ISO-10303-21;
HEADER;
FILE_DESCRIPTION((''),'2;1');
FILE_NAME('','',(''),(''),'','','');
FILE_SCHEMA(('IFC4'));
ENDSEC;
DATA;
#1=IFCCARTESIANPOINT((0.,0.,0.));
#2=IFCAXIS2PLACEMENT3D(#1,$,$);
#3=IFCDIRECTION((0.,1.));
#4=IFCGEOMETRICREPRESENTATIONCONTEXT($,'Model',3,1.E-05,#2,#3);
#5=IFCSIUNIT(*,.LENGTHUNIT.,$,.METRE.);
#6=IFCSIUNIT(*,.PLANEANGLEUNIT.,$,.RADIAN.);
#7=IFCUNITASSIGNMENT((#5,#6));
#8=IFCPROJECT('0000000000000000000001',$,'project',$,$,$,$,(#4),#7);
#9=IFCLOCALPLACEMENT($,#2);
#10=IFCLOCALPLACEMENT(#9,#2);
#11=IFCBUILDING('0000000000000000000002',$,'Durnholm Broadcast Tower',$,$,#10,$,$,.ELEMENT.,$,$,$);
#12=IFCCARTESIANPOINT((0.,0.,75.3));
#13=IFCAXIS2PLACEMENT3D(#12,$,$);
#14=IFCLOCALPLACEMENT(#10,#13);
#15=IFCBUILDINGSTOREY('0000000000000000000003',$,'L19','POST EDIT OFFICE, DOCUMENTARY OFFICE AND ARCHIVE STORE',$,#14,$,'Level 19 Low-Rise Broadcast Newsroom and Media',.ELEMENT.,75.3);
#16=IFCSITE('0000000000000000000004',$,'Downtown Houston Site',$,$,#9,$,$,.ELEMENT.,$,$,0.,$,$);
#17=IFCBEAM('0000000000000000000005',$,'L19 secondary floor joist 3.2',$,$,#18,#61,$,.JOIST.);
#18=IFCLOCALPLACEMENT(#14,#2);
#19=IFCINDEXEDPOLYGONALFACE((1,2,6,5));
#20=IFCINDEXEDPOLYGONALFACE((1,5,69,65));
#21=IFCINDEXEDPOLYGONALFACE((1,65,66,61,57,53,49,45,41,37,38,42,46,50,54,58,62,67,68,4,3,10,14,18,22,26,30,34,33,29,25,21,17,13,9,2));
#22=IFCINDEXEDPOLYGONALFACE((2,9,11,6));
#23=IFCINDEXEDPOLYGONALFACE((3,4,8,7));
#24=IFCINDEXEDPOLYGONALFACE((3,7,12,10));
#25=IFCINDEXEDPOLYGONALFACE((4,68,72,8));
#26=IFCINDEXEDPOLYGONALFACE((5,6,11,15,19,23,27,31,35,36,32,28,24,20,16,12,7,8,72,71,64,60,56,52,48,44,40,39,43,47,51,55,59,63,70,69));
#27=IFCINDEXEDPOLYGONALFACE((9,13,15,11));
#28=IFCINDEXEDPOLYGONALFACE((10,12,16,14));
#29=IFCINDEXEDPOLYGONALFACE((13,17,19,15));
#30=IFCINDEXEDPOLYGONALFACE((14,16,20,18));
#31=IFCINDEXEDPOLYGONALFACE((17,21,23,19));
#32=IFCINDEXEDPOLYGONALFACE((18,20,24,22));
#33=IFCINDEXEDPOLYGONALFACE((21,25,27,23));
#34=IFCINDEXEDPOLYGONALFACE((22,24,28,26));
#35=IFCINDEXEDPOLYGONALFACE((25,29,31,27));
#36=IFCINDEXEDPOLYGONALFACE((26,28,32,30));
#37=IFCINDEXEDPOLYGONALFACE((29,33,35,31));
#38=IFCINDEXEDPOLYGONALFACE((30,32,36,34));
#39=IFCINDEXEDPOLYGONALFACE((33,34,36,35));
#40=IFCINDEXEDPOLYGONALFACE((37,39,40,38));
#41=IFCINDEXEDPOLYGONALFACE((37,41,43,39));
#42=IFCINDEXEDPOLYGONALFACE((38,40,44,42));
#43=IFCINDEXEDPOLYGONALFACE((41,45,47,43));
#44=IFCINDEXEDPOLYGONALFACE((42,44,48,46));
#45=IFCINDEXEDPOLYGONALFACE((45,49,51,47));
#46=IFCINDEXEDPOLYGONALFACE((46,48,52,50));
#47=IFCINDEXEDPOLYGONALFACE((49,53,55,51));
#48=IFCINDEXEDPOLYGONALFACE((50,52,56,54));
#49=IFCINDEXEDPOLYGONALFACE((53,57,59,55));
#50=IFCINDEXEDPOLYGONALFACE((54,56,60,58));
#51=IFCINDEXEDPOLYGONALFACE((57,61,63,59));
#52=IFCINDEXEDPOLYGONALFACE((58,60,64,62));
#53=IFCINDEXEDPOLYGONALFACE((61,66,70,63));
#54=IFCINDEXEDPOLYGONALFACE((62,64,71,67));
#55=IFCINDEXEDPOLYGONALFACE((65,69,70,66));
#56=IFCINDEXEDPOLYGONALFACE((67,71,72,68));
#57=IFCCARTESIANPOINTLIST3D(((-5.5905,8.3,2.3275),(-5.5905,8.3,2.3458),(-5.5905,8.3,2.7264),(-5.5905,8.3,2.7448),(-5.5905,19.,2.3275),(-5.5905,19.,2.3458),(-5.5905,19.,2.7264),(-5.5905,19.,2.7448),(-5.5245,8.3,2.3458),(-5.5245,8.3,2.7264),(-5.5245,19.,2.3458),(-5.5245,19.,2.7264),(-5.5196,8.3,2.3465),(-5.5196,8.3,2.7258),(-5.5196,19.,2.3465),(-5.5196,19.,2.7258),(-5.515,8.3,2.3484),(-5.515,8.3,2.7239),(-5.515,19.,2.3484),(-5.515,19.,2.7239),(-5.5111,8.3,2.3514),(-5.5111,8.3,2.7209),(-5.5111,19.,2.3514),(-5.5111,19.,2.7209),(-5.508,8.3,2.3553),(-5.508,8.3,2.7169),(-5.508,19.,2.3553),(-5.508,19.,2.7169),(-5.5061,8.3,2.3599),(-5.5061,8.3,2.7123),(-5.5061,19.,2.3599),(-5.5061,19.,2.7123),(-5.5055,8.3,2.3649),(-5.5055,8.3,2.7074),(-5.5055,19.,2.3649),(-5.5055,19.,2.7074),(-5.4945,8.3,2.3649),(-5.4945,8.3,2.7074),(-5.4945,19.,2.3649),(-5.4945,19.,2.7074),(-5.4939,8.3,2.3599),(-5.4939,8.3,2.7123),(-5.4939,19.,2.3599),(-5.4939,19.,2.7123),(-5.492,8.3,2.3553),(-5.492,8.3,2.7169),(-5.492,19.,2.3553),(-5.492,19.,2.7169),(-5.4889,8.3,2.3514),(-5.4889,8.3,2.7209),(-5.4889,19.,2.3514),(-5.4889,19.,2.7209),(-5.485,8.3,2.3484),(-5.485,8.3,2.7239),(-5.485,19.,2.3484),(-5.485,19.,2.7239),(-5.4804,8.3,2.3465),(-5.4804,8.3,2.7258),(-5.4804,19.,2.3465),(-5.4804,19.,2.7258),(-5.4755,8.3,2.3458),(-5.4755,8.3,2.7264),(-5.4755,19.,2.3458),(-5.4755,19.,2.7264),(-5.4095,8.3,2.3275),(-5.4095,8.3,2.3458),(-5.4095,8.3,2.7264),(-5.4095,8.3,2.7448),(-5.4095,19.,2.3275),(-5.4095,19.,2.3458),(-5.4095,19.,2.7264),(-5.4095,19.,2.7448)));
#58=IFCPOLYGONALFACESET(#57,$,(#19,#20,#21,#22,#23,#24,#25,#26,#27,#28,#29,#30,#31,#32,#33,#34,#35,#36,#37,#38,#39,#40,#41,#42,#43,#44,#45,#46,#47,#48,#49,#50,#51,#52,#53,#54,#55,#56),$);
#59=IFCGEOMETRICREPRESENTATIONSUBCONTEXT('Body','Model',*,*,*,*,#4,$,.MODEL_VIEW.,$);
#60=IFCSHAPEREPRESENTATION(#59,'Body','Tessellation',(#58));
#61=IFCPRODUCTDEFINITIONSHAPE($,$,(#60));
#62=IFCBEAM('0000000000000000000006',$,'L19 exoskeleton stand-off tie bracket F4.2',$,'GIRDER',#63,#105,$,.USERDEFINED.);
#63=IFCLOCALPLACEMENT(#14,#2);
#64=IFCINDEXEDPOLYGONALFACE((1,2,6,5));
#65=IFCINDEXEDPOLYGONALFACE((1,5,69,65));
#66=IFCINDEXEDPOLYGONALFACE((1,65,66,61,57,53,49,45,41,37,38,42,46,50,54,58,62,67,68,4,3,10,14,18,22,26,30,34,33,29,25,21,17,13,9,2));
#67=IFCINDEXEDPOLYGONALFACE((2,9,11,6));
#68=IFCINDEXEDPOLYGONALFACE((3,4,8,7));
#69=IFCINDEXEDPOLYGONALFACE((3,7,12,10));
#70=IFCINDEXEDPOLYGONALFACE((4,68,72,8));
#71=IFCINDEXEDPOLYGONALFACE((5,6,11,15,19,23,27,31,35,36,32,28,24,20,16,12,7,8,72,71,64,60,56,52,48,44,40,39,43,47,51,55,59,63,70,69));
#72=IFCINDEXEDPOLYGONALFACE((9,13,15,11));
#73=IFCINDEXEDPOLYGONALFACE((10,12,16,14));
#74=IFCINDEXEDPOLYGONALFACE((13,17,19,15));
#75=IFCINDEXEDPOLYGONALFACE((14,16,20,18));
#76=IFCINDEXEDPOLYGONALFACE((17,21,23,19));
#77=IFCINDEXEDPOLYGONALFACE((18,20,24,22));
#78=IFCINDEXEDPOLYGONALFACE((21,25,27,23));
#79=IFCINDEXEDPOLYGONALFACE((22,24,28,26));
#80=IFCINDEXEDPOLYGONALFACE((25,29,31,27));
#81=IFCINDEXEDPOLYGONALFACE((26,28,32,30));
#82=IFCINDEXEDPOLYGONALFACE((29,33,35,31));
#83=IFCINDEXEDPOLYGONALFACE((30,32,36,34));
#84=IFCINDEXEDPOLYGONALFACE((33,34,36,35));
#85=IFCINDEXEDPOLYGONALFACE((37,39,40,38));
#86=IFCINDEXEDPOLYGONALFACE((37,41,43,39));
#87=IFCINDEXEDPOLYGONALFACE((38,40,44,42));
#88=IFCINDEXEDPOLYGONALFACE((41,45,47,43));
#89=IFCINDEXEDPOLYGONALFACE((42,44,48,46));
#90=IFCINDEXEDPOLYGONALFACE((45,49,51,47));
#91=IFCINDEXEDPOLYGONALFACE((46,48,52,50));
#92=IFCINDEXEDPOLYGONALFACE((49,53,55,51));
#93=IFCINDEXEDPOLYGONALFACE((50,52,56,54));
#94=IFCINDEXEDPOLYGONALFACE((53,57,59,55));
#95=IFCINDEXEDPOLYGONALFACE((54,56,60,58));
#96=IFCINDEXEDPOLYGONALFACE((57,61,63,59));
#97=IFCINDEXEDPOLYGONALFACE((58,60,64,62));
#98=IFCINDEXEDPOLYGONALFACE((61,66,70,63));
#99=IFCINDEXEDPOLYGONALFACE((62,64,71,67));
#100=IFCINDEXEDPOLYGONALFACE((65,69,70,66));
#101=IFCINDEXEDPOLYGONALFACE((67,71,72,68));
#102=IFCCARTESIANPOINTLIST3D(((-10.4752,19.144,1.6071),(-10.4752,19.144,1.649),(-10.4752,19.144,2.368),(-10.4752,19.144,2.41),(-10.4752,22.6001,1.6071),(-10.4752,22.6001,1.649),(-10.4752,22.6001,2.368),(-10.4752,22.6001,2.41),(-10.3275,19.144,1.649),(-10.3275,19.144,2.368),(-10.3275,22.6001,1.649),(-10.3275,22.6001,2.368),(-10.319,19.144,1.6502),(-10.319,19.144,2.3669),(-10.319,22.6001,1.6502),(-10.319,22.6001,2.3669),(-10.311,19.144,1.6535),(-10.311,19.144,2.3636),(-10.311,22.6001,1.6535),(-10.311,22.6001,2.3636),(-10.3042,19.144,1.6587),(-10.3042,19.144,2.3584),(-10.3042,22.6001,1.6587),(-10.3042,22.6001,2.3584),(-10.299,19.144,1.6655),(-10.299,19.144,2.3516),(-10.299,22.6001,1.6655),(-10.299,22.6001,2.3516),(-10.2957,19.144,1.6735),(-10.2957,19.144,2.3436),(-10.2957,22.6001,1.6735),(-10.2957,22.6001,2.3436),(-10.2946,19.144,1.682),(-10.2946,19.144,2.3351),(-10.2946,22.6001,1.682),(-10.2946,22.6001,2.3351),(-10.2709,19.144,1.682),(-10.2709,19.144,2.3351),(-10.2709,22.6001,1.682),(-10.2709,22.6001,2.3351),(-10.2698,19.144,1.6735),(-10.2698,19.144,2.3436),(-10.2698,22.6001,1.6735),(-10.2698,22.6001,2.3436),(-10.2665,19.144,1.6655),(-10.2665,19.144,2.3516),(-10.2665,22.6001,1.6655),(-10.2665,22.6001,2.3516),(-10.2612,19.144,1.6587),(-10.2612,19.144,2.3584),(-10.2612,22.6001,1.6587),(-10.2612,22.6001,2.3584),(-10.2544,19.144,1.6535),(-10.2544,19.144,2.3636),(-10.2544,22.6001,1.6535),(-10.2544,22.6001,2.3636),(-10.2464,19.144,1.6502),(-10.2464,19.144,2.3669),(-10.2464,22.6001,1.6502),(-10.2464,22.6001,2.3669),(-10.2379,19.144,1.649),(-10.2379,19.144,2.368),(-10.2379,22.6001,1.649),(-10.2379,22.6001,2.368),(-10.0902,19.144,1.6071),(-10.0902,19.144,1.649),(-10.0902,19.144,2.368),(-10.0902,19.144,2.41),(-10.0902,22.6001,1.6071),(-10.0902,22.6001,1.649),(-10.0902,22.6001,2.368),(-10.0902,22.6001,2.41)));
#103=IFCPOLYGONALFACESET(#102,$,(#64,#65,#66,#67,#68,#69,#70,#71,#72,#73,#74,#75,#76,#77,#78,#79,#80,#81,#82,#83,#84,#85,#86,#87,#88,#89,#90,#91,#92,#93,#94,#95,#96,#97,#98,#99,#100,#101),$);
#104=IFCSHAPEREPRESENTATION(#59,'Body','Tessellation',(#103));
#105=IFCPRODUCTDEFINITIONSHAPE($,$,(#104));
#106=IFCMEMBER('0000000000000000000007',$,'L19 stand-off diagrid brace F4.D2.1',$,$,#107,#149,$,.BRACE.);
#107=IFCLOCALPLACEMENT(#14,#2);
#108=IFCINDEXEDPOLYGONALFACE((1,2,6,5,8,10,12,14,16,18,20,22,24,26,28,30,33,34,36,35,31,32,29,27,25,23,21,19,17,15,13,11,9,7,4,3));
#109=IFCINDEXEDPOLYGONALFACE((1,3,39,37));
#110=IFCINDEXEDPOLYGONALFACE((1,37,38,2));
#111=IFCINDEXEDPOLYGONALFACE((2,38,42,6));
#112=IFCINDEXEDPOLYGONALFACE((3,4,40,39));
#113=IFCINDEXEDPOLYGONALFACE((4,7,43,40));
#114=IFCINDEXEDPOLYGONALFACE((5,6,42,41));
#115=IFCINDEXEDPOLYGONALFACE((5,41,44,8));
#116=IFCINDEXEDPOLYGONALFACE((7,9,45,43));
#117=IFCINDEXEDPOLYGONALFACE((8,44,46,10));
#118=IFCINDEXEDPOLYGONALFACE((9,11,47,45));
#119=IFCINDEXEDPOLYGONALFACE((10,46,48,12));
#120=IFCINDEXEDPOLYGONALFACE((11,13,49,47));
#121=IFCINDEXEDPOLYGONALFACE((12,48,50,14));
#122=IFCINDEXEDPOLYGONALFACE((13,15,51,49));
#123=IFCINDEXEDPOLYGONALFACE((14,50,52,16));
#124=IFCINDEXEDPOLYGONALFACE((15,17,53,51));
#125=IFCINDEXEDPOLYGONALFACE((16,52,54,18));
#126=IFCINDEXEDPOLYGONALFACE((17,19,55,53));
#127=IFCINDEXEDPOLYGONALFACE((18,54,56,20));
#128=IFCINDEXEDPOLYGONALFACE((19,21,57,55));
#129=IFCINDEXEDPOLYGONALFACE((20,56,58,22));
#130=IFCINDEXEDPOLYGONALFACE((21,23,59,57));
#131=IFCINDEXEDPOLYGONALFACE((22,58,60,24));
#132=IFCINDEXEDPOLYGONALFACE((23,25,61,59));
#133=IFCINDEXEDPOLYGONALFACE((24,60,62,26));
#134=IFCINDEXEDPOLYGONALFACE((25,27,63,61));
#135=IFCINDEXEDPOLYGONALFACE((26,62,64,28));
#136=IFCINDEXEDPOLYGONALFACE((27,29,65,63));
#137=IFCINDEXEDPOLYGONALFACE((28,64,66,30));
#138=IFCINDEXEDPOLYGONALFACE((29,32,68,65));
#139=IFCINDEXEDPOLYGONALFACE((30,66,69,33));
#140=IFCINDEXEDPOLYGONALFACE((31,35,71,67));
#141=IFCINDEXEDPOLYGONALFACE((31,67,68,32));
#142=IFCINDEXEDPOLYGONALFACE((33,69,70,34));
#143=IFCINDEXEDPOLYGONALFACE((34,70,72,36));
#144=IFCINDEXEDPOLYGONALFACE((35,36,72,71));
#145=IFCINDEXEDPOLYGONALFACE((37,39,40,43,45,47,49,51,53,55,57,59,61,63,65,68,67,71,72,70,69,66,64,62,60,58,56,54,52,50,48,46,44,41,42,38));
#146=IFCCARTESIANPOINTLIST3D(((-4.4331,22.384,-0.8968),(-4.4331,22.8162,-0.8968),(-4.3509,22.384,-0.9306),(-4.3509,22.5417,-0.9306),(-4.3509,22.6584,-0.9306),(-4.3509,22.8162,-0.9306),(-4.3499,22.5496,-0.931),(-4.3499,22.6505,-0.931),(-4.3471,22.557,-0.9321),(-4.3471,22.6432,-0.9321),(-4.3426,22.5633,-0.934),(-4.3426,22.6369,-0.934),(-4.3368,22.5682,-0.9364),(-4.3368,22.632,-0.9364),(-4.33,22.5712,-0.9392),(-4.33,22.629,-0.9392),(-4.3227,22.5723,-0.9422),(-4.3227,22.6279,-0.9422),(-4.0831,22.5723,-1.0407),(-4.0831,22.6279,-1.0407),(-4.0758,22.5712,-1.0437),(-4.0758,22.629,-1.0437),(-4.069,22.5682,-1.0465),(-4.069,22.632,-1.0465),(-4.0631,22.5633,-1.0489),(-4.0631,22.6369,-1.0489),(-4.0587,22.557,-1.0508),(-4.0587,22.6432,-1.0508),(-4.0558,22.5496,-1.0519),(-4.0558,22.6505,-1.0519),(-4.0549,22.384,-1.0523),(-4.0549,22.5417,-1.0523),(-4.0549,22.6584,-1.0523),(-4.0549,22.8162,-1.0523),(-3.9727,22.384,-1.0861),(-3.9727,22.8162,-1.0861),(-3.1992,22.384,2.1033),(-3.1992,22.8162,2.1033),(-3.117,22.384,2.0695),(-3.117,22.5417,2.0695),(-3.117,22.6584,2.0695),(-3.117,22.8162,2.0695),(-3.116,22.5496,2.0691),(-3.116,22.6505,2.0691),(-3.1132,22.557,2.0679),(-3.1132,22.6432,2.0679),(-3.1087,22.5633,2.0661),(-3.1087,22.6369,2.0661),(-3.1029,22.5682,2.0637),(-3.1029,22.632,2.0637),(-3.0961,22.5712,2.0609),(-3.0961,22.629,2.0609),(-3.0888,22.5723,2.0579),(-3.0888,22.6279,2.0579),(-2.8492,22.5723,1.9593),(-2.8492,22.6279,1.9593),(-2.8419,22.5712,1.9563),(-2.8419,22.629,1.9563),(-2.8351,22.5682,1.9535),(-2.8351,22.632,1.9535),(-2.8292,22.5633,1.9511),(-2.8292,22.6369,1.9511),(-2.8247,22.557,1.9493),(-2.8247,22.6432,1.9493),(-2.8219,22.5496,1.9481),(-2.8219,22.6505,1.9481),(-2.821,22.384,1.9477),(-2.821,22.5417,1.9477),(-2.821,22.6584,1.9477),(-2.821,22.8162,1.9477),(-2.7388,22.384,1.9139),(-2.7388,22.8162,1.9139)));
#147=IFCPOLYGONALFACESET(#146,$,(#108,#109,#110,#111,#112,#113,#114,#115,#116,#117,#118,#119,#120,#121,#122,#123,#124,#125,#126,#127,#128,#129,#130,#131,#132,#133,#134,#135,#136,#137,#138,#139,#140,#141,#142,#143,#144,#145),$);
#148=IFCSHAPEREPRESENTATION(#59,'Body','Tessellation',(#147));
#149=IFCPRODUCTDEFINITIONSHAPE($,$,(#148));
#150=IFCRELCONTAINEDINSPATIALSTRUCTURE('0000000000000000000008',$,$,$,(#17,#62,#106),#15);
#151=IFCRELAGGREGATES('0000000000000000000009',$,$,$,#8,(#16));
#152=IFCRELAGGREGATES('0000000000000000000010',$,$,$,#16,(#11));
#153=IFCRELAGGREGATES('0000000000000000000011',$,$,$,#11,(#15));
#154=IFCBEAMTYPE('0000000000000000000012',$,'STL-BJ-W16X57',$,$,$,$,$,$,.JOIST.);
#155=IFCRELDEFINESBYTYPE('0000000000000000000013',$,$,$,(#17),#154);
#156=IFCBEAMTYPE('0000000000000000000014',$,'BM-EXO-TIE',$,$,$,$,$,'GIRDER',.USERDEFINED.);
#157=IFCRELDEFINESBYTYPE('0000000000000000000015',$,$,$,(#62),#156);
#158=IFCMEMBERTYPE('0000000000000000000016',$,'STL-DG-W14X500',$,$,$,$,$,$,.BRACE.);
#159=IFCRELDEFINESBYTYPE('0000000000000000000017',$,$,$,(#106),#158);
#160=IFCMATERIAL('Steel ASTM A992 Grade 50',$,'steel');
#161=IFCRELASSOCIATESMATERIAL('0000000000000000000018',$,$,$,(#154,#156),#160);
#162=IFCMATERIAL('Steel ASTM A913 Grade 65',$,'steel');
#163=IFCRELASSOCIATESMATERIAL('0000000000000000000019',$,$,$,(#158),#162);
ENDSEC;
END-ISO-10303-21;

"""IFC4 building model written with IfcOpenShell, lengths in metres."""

from ifc_helpers import new_model, si_unit, direction, frame, origin, origin_2d, place, context, subcontext, project, spatial, i_section, extrude, source, transform, mapped, material, material_profile, profile_set, type_object, type_shapes, element, save


model = new_model("IFC4")

# Units and contexts
model_context = context("Model", 3, precision=1e-05, world=origin(), true_north=direction((0.0, 1.0)))
body_context = subcontext(model_context, "Body", "Model", "MODEL_VIEW")
ifc_project = project(units=[si_unit("LENGTHUNIT", "METRE"), si_unit("PLANEANGLEUNIT", "RADIAN")], contexts=[model_context])

# Site, building, storey
site_placement = place(None, origin())
site = spatial("IfcSite", under=ifc_project, at=site_placement, Name="Downtown Houston Site", CompositionType="ELEMENT", RefElevation=0.0)
building_placement = place(site_placement, origin())
building = spatial("IfcBuilding", under=site, at=building_placement, Name="Durnholm Broadcast Tower", CompositionType="ELEMENT")
storey_placement = place(building_placement, frame((0.0, 0.0, 75.3)))
storey = spatial("IfcBuildingStorey", under=building, at=storey_placement, Name="L19", Description="POST EDIT OFFICE, DOCUMENTARY OFFICE AND ARCHIVE STORE", LongName="Level 19 Low-Rise Broadcast Newsroom and Media", CompositionType="ELEMENT", Elevation=75.3)

# Beams
ifc_material_1 = material(Name="Steel ASTM A992 Grade 50", Category="steel")
ifc_material_profile_1 = material_profile(ifc_material_1, i_section(OverallWidth=0.1809, OverallDepth=0.4172, WebThickness=0.011, FlangeThickness=0.0183, FilletRadius=0.019, at=origin_2d()), Name="W16X57")
ifc_profile_set_1 = profile_set([ifc_material_profile_1], Name="Steel ASTM A992 Grade 50")
beam_type_1 = type_object("IfcBeamType", Name="STL-BJ-W16X57", PredefinedType="JOIST", material=ifc_profile_set_1)
shared_shape_1 = source(origin(), body_context, "Body", "SweptSolid", [
    extrude(i_section(OverallWidth=0.1809, OverallDepth=0.4172, WebThickness=0.011, FlangeThickness=0.0183, FilletRadius=0.019, at=origin_2d()), origin(), (0.0, 0.0, 1.0), 10.7),
])
type_shapes(beam_type_1, [shared_shape_1])
beam_1_placement = place(storey_placement, frame((-5.5, 8.3, 2.5361), z_axis=(0.0, 1.0, 0.0), x_axis=(-1.0, 0.0, 0.0)))
element("IfcBeam", 1, at=beam_1_placement, inside=storey, type_object=beam_type_1, Name="L19 secondary floor joist 3.2", PredefinedType="JOIST", context=body_context, shape_type="MappedRepresentation", body=[
    mapped(shared_shape_1, transform((0.0, 0.0, 0.0), x_axis=(1.0, 0.0, 0.0), y_axis=(0.0, 1.0, 0.0), z_axis=(0.0, 0.0, 1.0), scale=1.0)),
])
ifc_material_profile_2 = material_profile(ifc_material_1, i_section(OverallWidth=0.385, OverallDepth=0.803, WebThickness=0.0237, FlangeThickness=0.042, FilletRadius=0.033, at=origin_2d()), Name="W30X261")
ifc_profile_set_2 = profile_set([ifc_material_profile_2], Name="Steel ASTM A992 Grade 50")
beam_type_2 = type_object("IfcBeamType", Name="BM-EXO-TIE", ElementType="GIRDER", PredefinedType="USERDEFINED", material=ifc_profile_set_2)
shared_shape_2 = source(origin(), body_context, "Body", "SweptSolid", [
    extrude(i_section(OverallWidth=0.385, OverallDepth=0.803, WebThickness=0.0237, FlangeThickness=0.042, FilletRadius=0.033, at=origin_2d()), origin(), (0.0, 0.0, 1.0), 3.4561),
])
type_shapes(beam_type_2, [shared_shape_2])
beam_2_placement = place(storey_placement, frame((-10.2827, 19.144, 2.0085), z_axis=(0.0, 1.0, 0.0), x_axis=(-1.0, 0.0, 0.0)))
element("IfcBeam", 2, at=beam_2_placement, inside=storey, type_object=beam_type_2, Name="L19 exoskeleton stand-off tie bracket F4.2", ObjectType="GIRDER", PredefinedType="USERDEFINED", context=body_context, shape_type="MappedRepresentation", body=[
    mapped(shared_shape_2, transform((0.0, 0.0, 0.0), x_axis=(1.0, 0.0, 0.0), y_axis=(0.0, 1.0, 0.0), z_axis=(0.0, 0.0, 1.0), scale=1.0)),
])

# Member
ifc_material_2 = material(Name="Steel ASTM A913 Grade 65", Category="steel")
ifc_material_profile_3 = material_profile(ifc_material_2, i_section(OverallWidth=0.4321, OverallDepth=0.4978, WebThickness=0.0557, FlangeThickness=0.0889, FilletRadius=0.0305, at=origin_2d()), Name="W14X500")
ifc_profile_set_3 = profile_set([ifc_material_profile_3], Name="Steel ASTM A913 Grade 65")
member_type_1 = type_object("IfcMemberType", Name="STL-DG-W14X500", PredefinedType="BRACE", material=ifc_profile_set_3)
shared_shape_3 = source(origin(), body_context, "Body", "SweptSolid", [
    extrude(i_section(OverallWidth=0.4321, OverallDepth=0.4978, WebThickness=0.0557, FlangeThickness=0.0889, FilletRadius=0.0305, at=origin_2d()), origin(), (0.0, 0.0, 1.0), 3.2439),
])
type_shapes(member_type_1, [shared_shape_3])
for number, where, z_axis, x_axis, name in (
    (3, (-4.2029, 22.6001, -0.9915), (0.380379, 0.0, 0.924831), (0.0, 1.0, 0.0), "L19 stand-off diagrid brace F4.D2.1"),
):
    element("IfcMember", number, at=place(storey_placement, frame(where, z_axis=z_axis, x_axis=x_axis)), inside=storey, type_object=member_type_1, Name=name, PredefinedType="BRACE", context=body_context, shape_type="MappedRepresentation", body=[
        mapped(shared_shape_3, transform((0.0, 0.0, 0.0), x_axis=(1.0, 0.0, 0.0), y_axis=(0.0, 1.0, 0.0), z_axis=(0.0, 0.0, 1.0), scale=1.0)),
    ])

save(model, "model.ifc")
